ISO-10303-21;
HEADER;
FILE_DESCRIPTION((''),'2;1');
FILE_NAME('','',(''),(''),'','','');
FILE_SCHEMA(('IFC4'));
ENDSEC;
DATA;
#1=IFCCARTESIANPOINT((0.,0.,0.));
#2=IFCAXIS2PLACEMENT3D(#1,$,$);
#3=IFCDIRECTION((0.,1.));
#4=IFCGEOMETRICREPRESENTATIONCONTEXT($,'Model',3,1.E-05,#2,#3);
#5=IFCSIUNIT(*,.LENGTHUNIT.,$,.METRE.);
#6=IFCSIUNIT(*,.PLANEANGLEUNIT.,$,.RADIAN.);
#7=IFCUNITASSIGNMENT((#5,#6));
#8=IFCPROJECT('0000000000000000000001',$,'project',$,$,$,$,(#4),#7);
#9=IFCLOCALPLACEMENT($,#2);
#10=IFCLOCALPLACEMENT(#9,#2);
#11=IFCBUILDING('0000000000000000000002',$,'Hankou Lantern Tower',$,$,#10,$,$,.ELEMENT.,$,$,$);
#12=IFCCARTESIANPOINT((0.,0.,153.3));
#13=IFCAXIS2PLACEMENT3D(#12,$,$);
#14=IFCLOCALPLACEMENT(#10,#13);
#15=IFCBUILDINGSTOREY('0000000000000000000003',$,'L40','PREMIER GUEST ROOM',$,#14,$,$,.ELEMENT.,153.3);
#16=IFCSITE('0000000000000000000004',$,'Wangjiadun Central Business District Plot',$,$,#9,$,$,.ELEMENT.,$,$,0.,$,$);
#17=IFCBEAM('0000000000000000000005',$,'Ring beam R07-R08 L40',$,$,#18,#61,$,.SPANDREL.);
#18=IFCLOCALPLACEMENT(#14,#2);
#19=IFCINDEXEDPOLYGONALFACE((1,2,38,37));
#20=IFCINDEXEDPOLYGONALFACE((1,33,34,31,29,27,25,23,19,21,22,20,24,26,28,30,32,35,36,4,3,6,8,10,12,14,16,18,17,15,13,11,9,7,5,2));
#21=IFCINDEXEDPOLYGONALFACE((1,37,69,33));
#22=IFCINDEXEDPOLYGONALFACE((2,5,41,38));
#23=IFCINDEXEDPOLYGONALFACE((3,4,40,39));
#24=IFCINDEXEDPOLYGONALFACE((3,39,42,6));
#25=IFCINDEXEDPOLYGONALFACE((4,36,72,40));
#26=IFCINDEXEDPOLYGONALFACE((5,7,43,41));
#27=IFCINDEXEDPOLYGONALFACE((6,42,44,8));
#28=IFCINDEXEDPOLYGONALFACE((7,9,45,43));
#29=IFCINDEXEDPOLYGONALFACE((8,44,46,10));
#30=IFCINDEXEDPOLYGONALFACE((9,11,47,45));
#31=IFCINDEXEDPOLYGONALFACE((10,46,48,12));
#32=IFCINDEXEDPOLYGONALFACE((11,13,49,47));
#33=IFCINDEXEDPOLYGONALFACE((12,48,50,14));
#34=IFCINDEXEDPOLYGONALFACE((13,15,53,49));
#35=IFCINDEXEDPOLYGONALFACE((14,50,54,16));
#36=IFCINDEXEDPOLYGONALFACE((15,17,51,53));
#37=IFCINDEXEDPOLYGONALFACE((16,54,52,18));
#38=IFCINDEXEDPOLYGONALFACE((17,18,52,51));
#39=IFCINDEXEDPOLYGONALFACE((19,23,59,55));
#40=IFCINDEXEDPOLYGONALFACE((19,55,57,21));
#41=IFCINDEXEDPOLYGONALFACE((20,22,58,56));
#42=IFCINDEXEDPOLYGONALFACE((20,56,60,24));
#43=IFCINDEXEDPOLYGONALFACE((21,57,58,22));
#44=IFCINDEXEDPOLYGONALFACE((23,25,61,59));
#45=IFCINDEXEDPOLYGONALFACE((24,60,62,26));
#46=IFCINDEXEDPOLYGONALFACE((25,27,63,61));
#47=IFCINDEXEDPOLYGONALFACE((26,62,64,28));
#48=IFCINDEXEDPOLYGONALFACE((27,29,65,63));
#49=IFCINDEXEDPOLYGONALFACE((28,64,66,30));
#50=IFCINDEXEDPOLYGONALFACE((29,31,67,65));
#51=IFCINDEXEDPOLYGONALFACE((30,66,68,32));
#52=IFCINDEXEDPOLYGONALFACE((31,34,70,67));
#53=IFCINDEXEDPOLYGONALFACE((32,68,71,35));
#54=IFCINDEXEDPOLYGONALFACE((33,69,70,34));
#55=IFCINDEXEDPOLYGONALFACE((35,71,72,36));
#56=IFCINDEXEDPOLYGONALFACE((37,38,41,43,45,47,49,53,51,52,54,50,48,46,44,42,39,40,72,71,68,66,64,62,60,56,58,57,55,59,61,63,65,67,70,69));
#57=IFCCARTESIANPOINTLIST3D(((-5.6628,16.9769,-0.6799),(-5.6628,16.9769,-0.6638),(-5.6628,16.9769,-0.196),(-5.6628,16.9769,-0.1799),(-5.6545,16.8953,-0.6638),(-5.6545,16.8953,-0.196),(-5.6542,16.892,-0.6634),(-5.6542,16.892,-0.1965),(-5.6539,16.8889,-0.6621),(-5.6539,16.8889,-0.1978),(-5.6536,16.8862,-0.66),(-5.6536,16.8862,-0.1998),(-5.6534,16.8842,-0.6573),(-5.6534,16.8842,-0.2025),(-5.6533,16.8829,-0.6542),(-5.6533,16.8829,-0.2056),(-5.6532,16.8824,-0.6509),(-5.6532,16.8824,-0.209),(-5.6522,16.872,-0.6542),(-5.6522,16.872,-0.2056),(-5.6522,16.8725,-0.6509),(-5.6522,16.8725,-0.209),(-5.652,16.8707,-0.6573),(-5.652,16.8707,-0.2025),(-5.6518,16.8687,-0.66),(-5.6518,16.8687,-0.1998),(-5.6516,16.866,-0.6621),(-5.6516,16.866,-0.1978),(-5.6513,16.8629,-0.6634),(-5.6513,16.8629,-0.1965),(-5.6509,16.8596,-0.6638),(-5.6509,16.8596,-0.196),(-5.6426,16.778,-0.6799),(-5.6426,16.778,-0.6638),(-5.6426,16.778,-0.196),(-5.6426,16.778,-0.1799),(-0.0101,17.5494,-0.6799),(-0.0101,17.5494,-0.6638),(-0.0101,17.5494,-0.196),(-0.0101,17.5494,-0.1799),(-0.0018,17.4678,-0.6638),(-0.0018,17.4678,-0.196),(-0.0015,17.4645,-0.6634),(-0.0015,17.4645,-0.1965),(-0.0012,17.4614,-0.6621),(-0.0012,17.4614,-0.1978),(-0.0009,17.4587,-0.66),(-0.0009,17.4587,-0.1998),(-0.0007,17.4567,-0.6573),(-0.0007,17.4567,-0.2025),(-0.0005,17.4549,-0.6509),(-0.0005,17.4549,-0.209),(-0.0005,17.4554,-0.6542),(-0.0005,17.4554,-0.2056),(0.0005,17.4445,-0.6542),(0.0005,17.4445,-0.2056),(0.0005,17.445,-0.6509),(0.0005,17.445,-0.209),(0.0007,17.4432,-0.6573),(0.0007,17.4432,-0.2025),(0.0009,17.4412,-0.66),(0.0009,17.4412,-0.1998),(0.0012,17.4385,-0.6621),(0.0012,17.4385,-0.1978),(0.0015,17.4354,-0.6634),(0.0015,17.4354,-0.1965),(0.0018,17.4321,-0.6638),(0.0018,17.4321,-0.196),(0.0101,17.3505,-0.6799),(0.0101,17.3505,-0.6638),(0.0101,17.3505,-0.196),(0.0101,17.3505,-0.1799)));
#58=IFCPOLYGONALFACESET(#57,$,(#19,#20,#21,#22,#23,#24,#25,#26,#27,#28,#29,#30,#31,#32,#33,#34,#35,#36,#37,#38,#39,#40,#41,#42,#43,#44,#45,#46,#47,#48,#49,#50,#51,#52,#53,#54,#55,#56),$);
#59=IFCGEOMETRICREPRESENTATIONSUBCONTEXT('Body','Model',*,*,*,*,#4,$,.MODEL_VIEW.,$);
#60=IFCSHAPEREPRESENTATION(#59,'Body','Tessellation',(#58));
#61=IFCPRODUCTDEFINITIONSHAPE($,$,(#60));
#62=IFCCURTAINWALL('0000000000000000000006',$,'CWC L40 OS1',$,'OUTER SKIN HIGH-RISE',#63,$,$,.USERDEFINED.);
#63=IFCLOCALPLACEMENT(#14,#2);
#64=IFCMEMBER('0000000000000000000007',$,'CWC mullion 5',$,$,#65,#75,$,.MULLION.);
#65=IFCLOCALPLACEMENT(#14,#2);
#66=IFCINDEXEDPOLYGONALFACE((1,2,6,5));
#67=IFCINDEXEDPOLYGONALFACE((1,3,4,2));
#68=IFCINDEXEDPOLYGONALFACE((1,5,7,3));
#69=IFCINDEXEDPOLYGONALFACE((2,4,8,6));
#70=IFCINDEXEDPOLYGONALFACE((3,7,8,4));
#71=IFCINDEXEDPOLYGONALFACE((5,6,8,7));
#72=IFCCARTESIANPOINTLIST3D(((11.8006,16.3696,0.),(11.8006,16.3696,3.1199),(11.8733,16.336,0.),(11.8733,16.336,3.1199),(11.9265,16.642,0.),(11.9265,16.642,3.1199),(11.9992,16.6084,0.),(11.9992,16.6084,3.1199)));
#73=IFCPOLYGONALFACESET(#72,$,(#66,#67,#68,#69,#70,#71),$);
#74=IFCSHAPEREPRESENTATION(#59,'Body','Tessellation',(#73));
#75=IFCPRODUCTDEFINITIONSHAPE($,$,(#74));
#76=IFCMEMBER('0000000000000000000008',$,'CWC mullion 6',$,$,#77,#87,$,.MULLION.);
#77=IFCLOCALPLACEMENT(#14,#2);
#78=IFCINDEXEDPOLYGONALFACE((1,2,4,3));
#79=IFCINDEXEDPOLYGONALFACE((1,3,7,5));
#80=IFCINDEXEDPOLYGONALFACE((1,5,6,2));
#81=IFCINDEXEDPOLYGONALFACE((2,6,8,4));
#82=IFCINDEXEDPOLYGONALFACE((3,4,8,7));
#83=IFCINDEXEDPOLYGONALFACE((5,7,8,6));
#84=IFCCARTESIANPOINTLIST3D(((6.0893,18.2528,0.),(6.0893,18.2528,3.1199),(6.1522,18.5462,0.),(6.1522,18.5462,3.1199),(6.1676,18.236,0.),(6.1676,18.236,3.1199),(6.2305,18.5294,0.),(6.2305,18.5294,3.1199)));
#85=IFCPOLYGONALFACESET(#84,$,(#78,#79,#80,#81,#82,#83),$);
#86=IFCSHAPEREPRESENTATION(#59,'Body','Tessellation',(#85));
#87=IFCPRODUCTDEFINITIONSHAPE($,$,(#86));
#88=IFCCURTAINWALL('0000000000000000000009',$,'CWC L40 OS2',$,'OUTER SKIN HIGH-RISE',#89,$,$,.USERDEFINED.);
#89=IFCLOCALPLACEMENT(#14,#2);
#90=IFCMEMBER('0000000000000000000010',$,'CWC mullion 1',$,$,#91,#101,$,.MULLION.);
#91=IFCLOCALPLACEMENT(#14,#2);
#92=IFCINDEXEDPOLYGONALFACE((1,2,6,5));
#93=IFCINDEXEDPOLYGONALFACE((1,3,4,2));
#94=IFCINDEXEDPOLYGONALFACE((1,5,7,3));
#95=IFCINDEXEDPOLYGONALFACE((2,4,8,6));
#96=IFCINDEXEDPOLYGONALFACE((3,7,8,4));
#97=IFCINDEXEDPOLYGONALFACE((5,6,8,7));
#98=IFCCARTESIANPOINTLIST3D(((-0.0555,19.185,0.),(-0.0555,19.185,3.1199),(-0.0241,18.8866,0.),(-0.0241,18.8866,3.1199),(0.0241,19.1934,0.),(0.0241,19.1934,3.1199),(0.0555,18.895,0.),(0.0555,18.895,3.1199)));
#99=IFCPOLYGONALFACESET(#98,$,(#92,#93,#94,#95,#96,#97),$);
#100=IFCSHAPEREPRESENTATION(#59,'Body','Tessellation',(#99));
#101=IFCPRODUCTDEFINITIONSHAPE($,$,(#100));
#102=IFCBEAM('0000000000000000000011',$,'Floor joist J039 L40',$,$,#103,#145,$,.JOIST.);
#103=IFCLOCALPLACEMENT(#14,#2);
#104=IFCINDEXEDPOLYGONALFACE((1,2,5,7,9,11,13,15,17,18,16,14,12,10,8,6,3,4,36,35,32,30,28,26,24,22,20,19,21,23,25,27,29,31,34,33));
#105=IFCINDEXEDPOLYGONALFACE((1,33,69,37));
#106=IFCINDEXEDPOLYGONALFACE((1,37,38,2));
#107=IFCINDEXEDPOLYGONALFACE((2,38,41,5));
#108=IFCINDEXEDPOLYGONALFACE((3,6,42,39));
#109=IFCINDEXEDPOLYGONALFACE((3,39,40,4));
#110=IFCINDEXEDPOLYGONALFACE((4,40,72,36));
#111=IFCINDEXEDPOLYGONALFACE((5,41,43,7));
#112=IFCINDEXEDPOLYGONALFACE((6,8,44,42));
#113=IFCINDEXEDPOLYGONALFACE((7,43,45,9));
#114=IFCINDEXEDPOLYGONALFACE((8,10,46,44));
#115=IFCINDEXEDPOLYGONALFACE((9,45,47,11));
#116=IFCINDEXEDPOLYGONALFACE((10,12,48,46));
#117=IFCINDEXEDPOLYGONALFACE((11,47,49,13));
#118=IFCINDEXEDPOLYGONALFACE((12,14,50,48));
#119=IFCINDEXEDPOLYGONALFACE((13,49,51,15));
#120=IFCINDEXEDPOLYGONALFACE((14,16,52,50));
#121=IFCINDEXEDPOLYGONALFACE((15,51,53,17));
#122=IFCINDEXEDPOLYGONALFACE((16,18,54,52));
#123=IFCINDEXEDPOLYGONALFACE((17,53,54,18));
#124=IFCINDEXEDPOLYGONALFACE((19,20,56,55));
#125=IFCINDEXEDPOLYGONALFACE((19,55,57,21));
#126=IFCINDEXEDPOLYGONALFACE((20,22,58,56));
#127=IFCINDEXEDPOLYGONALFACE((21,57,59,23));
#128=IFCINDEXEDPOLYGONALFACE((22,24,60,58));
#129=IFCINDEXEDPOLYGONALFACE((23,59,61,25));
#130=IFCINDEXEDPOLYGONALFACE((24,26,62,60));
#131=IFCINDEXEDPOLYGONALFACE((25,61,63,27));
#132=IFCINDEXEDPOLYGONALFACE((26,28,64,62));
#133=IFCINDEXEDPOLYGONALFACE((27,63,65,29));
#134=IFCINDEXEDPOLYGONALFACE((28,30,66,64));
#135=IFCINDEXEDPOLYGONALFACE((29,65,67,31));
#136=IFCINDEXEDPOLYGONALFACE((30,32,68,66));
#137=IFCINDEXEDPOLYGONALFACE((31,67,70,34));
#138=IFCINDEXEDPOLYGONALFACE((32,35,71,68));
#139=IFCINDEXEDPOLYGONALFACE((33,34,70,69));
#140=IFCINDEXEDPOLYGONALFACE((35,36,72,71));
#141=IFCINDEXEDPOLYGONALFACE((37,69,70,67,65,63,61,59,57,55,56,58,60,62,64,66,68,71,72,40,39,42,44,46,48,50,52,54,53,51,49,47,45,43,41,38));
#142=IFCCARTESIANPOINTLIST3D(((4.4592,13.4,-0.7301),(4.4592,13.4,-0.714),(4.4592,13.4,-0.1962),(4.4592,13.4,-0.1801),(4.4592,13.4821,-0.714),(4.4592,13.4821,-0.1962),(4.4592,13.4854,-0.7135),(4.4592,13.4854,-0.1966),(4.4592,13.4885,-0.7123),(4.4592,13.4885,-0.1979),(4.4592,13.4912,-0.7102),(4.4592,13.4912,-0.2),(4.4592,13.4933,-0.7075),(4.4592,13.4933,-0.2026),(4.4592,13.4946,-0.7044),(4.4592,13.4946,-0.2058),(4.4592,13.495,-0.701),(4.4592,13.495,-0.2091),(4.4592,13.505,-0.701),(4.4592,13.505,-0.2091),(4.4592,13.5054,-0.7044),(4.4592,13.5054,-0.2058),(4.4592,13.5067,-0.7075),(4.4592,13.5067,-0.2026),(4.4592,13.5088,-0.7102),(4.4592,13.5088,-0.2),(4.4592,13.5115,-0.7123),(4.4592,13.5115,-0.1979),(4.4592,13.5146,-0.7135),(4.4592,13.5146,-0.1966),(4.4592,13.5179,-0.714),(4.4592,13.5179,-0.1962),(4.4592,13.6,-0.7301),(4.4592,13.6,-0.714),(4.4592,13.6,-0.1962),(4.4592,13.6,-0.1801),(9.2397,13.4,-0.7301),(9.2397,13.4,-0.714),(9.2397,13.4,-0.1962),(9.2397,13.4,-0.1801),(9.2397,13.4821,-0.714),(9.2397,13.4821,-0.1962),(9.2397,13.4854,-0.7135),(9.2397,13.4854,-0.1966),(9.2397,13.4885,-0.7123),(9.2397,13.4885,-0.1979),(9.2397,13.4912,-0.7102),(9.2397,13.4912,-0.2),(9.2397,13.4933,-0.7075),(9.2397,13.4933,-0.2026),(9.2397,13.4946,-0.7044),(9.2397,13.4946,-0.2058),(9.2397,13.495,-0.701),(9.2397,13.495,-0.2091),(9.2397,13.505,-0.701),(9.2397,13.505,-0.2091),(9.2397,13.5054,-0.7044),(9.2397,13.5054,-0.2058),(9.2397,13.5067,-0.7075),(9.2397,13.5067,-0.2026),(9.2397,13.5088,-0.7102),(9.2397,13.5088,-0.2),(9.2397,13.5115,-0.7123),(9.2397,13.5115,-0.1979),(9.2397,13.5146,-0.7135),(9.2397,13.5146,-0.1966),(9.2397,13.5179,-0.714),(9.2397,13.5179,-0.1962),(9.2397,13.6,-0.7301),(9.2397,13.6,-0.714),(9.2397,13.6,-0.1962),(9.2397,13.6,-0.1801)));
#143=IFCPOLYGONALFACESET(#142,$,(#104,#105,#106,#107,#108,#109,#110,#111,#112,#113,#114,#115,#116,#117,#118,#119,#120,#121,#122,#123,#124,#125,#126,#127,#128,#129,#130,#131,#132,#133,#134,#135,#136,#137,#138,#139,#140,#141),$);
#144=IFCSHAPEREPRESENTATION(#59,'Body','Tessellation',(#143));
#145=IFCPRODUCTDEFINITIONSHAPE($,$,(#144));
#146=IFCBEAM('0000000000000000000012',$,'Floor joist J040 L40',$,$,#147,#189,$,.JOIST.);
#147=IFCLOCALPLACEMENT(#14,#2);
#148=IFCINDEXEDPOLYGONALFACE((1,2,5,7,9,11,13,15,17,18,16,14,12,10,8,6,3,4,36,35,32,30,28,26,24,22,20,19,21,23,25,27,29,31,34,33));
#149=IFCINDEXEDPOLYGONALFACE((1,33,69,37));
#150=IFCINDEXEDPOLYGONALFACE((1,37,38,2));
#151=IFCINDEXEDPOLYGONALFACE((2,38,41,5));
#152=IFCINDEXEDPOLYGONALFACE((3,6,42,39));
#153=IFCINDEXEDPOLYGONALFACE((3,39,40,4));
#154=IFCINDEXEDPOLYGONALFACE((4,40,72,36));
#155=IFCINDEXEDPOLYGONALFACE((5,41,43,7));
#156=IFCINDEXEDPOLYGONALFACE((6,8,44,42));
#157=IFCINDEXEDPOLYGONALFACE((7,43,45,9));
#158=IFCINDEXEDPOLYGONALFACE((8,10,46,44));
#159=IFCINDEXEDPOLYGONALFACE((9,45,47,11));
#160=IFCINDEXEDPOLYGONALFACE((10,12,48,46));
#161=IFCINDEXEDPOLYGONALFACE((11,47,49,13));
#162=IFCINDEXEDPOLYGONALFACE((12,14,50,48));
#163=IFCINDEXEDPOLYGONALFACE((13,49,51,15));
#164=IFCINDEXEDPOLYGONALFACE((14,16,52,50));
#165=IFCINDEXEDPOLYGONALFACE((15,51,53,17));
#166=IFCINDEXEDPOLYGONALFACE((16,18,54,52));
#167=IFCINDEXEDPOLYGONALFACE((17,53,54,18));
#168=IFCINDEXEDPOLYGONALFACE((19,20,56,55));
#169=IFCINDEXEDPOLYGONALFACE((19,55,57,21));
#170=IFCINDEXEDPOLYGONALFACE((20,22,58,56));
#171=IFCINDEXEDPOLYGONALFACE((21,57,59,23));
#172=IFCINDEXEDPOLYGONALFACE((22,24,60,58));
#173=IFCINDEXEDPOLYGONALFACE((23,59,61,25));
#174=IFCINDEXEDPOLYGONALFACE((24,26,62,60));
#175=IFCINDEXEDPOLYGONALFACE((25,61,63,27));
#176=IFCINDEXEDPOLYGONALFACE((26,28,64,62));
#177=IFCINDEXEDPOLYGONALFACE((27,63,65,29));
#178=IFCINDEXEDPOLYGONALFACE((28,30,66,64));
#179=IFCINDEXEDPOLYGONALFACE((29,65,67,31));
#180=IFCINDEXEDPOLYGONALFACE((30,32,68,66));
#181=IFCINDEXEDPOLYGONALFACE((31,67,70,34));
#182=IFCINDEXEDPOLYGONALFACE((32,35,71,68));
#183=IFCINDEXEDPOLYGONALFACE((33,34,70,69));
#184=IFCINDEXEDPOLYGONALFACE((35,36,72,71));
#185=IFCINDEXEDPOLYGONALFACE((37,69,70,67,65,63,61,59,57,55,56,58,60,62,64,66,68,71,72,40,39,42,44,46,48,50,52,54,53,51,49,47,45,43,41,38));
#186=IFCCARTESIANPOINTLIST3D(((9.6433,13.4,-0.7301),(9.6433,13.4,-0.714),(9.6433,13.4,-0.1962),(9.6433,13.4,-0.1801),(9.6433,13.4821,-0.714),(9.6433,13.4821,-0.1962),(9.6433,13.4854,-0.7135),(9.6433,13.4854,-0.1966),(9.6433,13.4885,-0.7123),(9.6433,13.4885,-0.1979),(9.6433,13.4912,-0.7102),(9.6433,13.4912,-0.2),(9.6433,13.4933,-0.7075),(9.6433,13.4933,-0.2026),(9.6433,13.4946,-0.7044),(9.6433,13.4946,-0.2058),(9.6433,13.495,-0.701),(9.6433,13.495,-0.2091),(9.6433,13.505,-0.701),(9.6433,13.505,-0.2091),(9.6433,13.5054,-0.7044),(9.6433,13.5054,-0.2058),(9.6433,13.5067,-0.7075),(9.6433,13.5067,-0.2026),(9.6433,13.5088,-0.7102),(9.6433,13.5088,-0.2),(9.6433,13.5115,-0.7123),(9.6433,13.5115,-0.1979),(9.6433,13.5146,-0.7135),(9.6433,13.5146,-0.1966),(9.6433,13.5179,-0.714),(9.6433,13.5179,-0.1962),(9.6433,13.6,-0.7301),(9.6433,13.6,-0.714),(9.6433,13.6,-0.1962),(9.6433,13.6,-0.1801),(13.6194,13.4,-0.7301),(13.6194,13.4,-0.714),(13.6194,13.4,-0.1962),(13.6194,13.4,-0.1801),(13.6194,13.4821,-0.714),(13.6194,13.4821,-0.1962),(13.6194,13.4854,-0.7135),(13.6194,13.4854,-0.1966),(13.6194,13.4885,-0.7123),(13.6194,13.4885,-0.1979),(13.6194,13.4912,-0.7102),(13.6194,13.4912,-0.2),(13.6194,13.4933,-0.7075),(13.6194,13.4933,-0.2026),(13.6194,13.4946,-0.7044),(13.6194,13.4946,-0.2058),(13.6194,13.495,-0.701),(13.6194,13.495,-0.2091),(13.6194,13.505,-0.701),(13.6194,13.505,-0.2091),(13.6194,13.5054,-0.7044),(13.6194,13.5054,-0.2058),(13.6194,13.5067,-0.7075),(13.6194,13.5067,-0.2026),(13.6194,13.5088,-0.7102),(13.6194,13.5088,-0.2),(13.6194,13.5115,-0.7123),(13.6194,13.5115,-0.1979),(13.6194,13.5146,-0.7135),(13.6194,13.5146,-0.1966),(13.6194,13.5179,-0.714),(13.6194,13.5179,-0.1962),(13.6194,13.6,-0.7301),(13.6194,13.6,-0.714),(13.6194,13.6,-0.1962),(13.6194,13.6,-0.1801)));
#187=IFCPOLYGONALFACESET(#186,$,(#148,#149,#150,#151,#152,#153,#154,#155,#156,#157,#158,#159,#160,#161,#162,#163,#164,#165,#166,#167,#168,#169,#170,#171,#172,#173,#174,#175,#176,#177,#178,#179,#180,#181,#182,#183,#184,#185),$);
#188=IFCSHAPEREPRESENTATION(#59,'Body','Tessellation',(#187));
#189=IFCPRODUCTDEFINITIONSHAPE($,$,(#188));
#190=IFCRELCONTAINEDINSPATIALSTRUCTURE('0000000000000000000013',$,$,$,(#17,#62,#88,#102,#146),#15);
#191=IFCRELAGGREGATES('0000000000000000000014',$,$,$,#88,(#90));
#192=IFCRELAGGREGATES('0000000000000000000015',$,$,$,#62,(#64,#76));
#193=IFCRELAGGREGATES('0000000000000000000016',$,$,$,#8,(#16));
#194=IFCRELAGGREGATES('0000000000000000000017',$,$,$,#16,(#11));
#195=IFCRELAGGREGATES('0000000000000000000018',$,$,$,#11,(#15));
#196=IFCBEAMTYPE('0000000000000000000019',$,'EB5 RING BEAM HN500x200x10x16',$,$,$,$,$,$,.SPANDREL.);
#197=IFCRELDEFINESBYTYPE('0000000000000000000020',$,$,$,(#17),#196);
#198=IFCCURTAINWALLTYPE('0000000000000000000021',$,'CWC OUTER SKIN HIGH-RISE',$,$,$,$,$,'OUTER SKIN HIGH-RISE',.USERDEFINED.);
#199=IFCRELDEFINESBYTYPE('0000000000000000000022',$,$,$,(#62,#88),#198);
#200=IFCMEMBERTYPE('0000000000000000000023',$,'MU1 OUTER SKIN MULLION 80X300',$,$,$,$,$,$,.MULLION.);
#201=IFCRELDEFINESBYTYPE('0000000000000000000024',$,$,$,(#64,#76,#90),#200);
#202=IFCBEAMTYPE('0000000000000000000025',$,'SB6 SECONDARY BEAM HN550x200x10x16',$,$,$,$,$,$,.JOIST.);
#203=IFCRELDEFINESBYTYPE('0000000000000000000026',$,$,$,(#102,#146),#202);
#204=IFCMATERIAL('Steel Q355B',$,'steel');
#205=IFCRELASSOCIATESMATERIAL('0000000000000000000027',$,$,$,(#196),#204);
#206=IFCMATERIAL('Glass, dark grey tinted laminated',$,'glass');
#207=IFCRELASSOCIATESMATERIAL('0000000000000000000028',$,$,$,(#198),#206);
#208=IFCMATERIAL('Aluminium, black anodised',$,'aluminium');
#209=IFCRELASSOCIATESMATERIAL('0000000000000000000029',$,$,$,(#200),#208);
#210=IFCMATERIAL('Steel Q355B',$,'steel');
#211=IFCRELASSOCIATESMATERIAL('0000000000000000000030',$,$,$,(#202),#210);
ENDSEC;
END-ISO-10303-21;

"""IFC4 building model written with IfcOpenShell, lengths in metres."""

from ifc_helpers import new_model, si_unit, direction, frame, origin, origin_2d, place, context, subcontext, project, spatial, rectangle, i_section, extrude, material, material_profile, profile_set, type_object, element, aggregate, save


model = new_model("IFC4")

# Units and contexts
model_context = context("Model", 3, precision=1e-05, world=origin(), true_north=direction((0.0, 1.0)))
body_context = subcontext(model_context, "Body", "Model", "MODEL_VIEW")
ifc_project = project(units=[si_unit("LENGTHUNIT", "METRE"), si_unit("PLANEANGLEUNIT", "RADIAN")], contexts=[model_context])

# Site, building, storey
site_placement = place(None, origin())
site = spatial("IfcSite", under=ifc_project, at=site_placement, Name="Wangjiadun Central Business District Plot", CompositionType="ELEMENT", RefElevation=0.0)
building_placement = place(site_placement, origin())
building = spatial("IfcBuilding", under=site, at=building_placement, Name="Hankou Lantern Tower", CompositionType="ELEMENT")
storey_placement = place(building_placement, frame((0.0, 0.0, 153.3)))
storey = spatial("IfcBuildingStorey", under=building, at=storey_placement, Name="L40", Description="PREMIER GUEST ROOM", CompositionType="ELEMENT", Elevation=153.3)

# Beam
ifc_material_1 = material(Name="Steel Q355B", Category="steel")
ifc_material_profile_1 = material_profile(ifc_material_1, i_section(OverallWidth=0.2, OverallDepth=0.5, WebThickness=0.01, FlangeThickness=0.0161, FilletRadius=0.0129, at=origin_2d()), Name="HN500x200x10x16")
ifc_profile_set_1 = profile_set([ifc_material_profile_1], Name="Steel Q355B")
beam_type_1 = type_object("IfcBeamType", Name="EB5 RING BEAM HN500x200x10x16", PredefinedType="SPANDREL", material=ifc_profile_set_1)
for number, where, z_axis, x_axis, name in (
    (1, (0.0, 17.45, -0.4299), (-0.99491, -0.100763, 0.0), (0.100763, -0.99491, 0.0), "Ring beam R07-R08 L40"),
):
    element("IfcBeam", number, at=place(storey_placement, frame(where, z_axis=z_axis, x_axis=x_axis)), inside=storey, type_object=beam_type_1, Name=name, PredefinedType="SPANDREL", context=body_context, shape_type="SweptSolid", body=[
        extrude(i_section(OverallWidth=0.2, OverallDepth=0.5, WebThickness=0.01, FlangeThickness=0.0161, FilletRadius=0.0129, at=origin_2d()), origin(), (0.0, 0.0, 1.0), 5.6816),
    ])

# Curtain wall, members
ifc_material_2 = material(Name="Glass, dark grey tinted laminated", Category="glass")
curtain_wall_type = type_object("IfcCurtainWallType", Name="CWC OUTER SKIN HIGH-RISE", ElementType="OUTER SKIN HIGH-RISE", PredefinedType="USERDEFINED", material=ifc_material_2)
curtain_wall_1_placement = place(storey_placement, origin())
curtain_wall_1 = element("IfcCurtainWall", 2, at=curtain_wall_1_placement, inside=storey, type_object=curtain_wall_type, Name="CWC L40 OS1", ObjectType="OUTER SKIN HIGH-RISE", PredefinedType="USERDEFINED")
ifc_material_3 = material(Name="Aluminium, black anodised", Category="aluminium")
ifc_material_profile_2 = material_profile(ifc_material_3, rectangle(XDim=0.0801, YDim=0.3, at=origin_2d()), Name="MU1 80X300")
ifc_profile_set_2 = profile_set([ifc_material_profile_2], Name="Aluminium, black anodised")
member_type_1 = type_object("IfcMemberType", Name="MU1 OUTER SKIN MULLION 80X300", PredefinedType="MULLION", material=ifc_profile_set_2)
member_1_placement = place(storey_placement, frame((11.8999, 16.489, 0.0), z_axis=(0.0, 0.0, 1.0), x_axis=(-0.907841, 0.419314, 0.0)))
member_1 = element("IfcMember", 3, at=member_1_placement, type_object=member_type_1, Name="CWC mullion 5", PredefinedType="MULLION", context=body_context, shape_type="SweptSolid", body=[
    extrude(rectangle(XDim=0.0801, YDim=0.3, at=origin_2d()), origin(), (0.0, 0.0, 1.0), 3.1199),
])
member_2_placement = place(storey_placement, frame((6.1599, 18.3911, 0.0), z_axis=(0.0, 0.0, 1.0), x_axis=(-0.977788, 0.209598, 0.0)))
member_2 = element("IfcMember", 4, at=member_2_placement, type_object=member_type_1, Name="CWC mullion 6", PredefinedType="MULLION", context=body_context, shape_type="SweptSolid", body=[
    extrude(rectangle(XDim=0.0801, YDim=0.3, at=origin_2d()), origin(), (0.0, 0.0, 1.0), 3.1199),
])

# Curtain wall, member
curtain_wall_2_placement = place(storey_placement, origin())
curtain_wall_2 = element("IfcCurtainWall", 5, at=curtain_wall_2_placement, inside=storey, type_object=curtain_wall_type, Name="CWC L40 OS2", ObjectType="OUTER SKIN HIGH-RISE", PredefinedType="USERDEFINED")
member_3_placement = place(storey_placement, frame((0.0, 19.04, 0.0), z_axis=(0.0, 0.0, 1.0), x_axis=(-0.994499, -0.104743, 0.0)))
member_3 = element("IfcMember", 6, at=member_3_placement, type_object=member_type_1, Name="CWC mullion 1", PredefinedType="MULLION", context=body_context, shape_type="SweptSolid", body=[
    extrude(rectangle(XDim=0.0801, YDim=0.3, at=origin_2d()), origin(), (0.0, 0.0, 1.0), 3.1199),
])
aggregate(curtain_wall_2, [member_3])

# Beams
ifc_material_4 = material(Name="Steel Q355B", Category="steel")
ifc_material_profile_3 = material_profile(ifc_material_4, i_section(OverallWidth=0.2, OverallDepth=0.55, WebThickness=0.01, FlangeThickness=0.0161, FilletRadius=0.0129, at=origin_2d()), Name="HN550x200x10x16")
ifc_profile_set_3 = profile_set([ifc_material_profile_3], Name="Steel Q355B")
beam_type_2 = type_object("IfcBeamType", Name="SB6 SECONDARY BEAM HN550x200x10x16", PredefinedType="JOIST", material=ifc_profile_set_3)
beam_1_placement = place(storey_placement, frame((4.4592, 13.5, -0.4551), z_axis=(1.0, 0.0, 0.0), x_axis=(0.0, 1.0, 0.0)))
element("IfcBeam", 7, at=beam_1_placement, inside=storey, type_object=beam_type_2, Name="Floor joist J039 L40", PredefinedType="JOIST", context=body_context, shape_type="SweptSolid", body=[
    extrude(i_section(OverallWidth=0.2, OverallDepth=0.55, WebThickness=0.01, FlangeThickness=0.0161, FilletRadius=0.0129, at=origin_2d()), origin(), (0.0, 0.0, 1.0), 4.7805),
])
beam_2_placement = place(storey_placement, frame((9.6433, 13.5, -0.4551), z_axis=(1.0, 0.0, 0.0), x_axis=(0.0, 1.0, 0.0)))
element("IfcBeam", 8, at=beam_2_placement, inside=storey, type_object=beam_type_2, Name="Floor joist J040 L40", PredefinedType="JOIST", context=body_context, shape_type="SweptSolid", body=[
    extrude(i_section(OverallWidth=0.2, OverallDepth=0.55, WebThickness=0.01, FlangeThickness=0.0161, FilletRadius=0.0129, at=origin_2d()), origin(), (0.0, 0.0, 1.0), 3.9761),
])

aggregate(curtain_wall_1, [member_1, member_2])

save(model, "model.ifc")
